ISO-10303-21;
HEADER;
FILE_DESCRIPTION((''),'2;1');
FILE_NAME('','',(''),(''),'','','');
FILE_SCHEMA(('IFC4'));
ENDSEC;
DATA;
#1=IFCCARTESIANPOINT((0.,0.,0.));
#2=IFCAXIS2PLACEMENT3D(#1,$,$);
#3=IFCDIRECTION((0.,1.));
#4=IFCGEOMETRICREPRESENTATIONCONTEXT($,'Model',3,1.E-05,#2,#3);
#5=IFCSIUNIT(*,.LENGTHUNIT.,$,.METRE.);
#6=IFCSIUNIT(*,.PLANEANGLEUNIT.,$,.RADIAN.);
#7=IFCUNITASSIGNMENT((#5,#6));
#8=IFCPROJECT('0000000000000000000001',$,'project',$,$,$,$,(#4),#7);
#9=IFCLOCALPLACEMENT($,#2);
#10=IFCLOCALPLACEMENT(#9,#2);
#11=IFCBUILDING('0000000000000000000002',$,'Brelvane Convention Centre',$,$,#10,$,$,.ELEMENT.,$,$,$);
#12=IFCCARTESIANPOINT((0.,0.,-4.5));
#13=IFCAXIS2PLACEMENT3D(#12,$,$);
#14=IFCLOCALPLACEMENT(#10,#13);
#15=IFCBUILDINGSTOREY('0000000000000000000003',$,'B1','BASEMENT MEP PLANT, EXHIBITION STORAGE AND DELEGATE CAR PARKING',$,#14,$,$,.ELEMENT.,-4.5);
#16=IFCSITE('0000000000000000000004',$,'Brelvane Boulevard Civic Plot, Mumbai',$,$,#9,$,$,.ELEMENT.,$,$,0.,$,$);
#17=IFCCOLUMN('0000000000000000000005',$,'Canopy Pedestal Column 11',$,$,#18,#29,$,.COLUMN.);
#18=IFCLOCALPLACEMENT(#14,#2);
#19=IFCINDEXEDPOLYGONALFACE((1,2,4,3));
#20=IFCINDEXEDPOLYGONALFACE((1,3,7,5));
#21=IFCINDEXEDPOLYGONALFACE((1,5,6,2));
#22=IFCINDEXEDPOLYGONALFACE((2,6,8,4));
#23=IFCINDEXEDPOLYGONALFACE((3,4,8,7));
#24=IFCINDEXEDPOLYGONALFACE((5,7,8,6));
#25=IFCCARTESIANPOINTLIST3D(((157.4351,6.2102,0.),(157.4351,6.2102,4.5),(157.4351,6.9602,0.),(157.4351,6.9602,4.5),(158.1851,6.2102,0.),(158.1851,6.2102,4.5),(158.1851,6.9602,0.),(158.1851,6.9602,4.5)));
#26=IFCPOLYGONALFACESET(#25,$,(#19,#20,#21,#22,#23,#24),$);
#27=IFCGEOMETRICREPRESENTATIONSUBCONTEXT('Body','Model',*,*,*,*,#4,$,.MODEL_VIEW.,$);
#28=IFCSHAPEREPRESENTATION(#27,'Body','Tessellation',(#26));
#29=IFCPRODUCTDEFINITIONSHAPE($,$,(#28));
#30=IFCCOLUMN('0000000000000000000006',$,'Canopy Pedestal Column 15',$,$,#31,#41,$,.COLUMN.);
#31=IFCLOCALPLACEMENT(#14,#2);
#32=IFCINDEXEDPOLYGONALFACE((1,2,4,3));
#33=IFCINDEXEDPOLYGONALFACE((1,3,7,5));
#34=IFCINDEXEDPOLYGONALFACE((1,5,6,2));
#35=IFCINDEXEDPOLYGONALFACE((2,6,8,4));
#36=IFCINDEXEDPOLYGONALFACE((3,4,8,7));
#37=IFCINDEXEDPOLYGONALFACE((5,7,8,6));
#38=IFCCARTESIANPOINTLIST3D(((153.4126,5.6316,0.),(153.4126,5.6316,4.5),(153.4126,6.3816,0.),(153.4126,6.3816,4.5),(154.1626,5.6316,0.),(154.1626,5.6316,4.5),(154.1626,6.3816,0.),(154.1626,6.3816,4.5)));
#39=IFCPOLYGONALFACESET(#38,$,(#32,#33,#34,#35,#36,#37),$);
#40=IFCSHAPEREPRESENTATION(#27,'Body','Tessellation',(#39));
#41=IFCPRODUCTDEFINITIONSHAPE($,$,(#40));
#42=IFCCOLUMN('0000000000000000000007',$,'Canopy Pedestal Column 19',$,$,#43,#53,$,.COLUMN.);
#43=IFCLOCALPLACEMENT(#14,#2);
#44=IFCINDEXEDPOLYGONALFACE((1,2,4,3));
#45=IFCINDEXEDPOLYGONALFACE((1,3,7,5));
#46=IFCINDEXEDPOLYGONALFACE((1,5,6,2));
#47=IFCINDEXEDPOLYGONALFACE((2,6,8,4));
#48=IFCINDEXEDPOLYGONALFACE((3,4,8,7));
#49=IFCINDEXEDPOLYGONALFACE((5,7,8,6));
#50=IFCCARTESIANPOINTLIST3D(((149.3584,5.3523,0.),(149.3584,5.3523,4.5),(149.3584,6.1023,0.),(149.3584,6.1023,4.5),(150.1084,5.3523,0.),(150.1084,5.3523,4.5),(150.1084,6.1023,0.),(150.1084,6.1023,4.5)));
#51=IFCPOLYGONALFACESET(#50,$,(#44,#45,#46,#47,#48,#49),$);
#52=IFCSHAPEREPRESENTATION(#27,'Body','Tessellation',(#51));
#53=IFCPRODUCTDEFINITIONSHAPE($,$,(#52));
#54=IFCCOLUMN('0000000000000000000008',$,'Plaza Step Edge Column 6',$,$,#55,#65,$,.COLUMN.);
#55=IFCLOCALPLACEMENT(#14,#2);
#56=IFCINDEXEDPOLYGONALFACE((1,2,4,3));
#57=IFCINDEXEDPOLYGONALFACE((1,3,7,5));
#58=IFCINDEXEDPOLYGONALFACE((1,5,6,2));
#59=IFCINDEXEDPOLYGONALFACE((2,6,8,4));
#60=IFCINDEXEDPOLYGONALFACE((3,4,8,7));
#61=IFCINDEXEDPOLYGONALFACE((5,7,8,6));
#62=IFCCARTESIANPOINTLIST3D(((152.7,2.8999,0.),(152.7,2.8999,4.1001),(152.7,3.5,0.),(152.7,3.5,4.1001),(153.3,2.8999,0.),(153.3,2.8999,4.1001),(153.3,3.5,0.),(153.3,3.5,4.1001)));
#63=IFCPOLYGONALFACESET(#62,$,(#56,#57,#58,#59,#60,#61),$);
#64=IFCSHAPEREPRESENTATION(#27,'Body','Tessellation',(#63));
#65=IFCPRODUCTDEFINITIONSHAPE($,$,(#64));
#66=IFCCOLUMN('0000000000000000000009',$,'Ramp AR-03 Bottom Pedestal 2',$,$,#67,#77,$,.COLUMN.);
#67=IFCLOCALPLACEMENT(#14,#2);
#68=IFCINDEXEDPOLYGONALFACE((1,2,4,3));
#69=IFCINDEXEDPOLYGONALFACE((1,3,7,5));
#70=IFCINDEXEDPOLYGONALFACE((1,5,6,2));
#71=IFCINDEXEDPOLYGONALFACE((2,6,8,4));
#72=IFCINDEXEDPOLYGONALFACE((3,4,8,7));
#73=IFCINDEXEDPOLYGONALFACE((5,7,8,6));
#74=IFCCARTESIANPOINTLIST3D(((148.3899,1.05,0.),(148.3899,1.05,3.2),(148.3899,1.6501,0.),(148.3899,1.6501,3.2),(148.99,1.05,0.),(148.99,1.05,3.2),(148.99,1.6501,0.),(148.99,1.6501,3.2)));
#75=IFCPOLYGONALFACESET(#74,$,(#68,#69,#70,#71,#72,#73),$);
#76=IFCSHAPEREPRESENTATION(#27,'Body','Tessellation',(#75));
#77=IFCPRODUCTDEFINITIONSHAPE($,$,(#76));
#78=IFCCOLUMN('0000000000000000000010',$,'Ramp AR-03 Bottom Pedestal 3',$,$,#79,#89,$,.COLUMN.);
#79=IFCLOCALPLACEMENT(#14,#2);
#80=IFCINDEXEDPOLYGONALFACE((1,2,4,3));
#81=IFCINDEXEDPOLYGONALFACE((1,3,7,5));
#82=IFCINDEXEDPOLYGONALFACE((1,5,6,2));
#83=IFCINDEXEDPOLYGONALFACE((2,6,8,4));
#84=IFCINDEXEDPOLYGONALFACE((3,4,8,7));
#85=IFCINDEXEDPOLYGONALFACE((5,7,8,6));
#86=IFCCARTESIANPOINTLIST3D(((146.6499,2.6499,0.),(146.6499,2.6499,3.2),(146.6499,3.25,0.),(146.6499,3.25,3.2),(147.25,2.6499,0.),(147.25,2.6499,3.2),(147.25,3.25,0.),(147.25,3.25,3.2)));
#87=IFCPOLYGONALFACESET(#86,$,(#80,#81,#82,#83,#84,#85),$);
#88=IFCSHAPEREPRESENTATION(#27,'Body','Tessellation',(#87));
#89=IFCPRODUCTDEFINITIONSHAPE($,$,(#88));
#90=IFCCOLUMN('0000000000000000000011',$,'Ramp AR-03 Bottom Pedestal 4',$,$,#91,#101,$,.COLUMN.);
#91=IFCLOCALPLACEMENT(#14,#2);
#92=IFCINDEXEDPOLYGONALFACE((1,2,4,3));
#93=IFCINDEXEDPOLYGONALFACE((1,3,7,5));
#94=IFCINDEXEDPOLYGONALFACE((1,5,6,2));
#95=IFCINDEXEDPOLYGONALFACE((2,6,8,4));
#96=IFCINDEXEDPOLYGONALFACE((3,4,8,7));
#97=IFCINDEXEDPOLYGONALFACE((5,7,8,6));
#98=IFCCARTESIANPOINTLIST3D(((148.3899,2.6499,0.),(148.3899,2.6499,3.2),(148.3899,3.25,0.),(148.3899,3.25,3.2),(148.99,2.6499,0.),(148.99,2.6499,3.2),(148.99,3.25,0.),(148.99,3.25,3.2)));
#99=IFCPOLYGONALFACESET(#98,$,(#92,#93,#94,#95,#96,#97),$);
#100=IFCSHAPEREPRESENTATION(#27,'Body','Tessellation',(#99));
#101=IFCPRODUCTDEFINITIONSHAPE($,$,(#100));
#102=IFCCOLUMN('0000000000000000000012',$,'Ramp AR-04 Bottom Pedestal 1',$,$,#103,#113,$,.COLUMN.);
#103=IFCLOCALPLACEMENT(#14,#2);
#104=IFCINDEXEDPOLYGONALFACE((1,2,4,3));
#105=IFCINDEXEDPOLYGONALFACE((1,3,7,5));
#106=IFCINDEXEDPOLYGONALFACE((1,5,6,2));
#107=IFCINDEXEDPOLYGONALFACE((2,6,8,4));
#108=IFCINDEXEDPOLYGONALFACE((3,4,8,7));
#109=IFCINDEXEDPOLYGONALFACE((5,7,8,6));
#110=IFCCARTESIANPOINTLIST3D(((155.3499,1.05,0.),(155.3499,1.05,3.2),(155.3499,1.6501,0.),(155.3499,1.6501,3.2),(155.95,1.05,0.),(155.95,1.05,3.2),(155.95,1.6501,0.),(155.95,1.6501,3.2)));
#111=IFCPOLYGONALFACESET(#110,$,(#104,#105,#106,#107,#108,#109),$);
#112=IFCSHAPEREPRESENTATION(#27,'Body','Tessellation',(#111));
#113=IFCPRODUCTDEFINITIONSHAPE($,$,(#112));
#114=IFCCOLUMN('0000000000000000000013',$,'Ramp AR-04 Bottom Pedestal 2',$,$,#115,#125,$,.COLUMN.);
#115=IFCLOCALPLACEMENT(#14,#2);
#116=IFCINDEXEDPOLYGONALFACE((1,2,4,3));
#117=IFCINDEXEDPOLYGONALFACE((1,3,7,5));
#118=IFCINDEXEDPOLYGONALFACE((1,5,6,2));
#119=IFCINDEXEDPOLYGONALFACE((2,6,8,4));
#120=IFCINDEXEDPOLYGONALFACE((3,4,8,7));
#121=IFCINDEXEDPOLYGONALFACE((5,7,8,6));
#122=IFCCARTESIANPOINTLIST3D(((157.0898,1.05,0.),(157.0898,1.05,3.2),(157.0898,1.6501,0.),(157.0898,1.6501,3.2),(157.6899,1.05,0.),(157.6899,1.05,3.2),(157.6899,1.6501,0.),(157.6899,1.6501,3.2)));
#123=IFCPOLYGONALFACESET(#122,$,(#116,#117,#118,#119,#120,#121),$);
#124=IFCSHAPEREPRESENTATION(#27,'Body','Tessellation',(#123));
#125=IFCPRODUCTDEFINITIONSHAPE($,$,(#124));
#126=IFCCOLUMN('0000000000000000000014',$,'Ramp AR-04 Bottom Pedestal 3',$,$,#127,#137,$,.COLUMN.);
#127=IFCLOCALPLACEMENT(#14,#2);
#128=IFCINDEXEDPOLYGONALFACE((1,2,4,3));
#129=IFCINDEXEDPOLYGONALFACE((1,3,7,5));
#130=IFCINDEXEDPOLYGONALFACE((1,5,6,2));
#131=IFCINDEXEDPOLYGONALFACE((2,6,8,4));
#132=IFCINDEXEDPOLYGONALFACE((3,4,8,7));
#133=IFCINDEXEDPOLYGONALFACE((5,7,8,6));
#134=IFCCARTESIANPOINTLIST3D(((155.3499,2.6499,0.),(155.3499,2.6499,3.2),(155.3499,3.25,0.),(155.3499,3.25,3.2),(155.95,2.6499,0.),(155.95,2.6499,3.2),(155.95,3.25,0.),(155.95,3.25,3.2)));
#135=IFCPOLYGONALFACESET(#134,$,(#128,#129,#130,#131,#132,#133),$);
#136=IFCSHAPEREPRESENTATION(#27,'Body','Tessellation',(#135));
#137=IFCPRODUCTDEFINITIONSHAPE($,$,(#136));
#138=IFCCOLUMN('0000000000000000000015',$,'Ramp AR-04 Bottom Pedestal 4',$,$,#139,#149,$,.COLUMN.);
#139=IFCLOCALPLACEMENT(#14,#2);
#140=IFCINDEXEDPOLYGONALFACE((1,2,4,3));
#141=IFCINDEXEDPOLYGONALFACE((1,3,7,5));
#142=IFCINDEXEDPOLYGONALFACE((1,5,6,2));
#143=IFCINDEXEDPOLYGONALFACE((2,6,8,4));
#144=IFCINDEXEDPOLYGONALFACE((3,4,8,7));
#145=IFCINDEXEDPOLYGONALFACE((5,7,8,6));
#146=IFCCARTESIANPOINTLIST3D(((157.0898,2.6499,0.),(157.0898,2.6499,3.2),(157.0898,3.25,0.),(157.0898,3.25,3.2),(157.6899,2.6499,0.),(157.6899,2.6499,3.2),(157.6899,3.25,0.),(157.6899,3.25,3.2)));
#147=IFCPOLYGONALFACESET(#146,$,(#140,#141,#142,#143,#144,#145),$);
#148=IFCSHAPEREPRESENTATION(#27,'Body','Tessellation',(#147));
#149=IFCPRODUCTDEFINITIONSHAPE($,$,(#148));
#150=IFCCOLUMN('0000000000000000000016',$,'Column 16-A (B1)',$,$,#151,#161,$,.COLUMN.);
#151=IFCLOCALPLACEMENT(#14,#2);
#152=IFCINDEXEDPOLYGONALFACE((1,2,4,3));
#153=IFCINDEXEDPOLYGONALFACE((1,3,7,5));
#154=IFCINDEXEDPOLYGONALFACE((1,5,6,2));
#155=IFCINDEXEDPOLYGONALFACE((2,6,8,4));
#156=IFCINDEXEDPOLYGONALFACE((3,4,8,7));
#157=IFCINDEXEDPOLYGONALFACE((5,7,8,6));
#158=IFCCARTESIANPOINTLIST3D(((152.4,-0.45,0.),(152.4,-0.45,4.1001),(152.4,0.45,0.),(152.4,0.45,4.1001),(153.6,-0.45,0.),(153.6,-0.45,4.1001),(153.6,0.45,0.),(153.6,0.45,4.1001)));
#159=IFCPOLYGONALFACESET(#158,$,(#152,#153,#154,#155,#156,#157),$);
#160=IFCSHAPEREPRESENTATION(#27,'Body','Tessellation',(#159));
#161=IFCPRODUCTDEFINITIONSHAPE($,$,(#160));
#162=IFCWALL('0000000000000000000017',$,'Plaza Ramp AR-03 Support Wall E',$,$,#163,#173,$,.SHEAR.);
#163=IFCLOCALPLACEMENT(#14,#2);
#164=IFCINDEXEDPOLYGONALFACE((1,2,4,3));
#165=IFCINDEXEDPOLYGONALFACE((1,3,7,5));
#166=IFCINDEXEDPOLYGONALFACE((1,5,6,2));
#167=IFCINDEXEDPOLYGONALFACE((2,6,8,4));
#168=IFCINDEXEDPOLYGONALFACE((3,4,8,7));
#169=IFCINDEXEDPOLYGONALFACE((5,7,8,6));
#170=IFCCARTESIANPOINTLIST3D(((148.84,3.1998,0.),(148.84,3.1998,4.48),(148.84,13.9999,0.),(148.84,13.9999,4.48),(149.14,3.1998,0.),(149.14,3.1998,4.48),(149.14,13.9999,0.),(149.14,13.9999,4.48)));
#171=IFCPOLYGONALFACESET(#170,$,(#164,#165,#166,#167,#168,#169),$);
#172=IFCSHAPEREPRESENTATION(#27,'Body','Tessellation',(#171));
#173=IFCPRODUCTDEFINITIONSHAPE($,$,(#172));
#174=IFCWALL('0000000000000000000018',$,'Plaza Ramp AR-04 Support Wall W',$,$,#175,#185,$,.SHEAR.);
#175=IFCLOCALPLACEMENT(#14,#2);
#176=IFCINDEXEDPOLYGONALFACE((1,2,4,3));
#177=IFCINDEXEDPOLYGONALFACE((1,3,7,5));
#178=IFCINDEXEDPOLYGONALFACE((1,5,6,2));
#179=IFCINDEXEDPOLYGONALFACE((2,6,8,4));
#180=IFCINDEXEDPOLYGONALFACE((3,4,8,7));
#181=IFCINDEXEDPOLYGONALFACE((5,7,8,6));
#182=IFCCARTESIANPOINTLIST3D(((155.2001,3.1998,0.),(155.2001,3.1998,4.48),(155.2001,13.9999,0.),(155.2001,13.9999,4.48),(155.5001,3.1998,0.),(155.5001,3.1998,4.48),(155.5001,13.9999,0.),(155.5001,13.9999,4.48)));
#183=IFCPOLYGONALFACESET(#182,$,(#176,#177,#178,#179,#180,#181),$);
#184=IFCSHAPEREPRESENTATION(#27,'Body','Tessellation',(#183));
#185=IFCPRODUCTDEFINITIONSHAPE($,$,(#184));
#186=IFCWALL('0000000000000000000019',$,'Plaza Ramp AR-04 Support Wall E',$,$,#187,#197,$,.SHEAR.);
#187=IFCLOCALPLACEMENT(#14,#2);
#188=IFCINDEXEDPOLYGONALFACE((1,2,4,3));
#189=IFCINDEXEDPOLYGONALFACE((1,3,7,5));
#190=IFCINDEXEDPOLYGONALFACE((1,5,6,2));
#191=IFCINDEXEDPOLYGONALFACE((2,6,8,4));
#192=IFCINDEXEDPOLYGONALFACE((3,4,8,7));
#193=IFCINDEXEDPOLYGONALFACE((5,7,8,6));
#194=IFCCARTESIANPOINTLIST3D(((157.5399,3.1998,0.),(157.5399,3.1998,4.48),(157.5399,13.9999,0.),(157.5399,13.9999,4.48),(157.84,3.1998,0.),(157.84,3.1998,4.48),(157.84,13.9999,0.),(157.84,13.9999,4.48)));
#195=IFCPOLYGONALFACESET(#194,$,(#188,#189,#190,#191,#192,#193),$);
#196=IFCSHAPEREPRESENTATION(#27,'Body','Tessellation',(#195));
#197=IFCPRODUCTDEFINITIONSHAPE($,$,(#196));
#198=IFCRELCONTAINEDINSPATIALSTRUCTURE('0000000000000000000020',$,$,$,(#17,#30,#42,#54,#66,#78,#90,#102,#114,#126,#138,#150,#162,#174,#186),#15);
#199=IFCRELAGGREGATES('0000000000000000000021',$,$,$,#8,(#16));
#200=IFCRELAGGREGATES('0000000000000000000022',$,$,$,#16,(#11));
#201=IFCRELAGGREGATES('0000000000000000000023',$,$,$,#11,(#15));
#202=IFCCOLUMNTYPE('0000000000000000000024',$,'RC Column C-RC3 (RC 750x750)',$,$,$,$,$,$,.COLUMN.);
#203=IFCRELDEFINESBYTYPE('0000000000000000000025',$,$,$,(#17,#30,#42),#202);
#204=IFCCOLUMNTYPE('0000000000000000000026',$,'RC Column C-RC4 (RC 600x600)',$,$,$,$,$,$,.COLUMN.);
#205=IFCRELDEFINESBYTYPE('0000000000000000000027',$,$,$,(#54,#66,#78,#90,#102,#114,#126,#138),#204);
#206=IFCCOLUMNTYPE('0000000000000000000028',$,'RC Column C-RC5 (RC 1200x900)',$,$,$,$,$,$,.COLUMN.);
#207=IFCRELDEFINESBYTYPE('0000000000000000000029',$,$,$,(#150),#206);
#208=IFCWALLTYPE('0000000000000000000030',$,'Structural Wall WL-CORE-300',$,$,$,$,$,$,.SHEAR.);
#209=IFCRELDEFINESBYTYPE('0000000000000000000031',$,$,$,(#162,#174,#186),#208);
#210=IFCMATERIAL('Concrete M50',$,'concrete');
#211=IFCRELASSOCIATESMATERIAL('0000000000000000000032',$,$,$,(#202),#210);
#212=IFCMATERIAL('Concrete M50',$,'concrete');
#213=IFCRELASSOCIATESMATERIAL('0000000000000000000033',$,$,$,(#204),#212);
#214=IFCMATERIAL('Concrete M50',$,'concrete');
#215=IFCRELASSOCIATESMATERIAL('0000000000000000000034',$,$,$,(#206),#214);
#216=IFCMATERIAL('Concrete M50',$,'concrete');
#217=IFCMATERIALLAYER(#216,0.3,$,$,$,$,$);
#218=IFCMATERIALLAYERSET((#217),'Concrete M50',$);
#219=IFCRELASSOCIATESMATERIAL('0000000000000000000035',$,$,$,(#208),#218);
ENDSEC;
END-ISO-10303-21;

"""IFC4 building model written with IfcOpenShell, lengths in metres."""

from ifc_helpers import new_model, si_unit, direction, frame, frame_2d, origin, origin_2d, place, context, subcontext, project, spatial, rectangle, extrude, material, layer, layer_set, material_profile, profile_set, type_object, element, save


model = new_model("IFC4")

# Units and contexts
model_context = context("Model", 3, precision=1e-05, world=origin(), true_north=direction((0.0, 1.0)))
body_context = subcontext(model_context, "Body", "Model", "MODEL_VIEW")
ifc_project = project(units=[si_unit("LENGTHUNIT", "METRE"), si_unit("PLANEANGLEUNIT", "RADIAN")], contexts=[model_context])

# Site, building, storey
site_placement = place(None, origin())
site = spatial("IfcSite", under=ifc_project, at=site_placement, Name="Brelvane Boulevard Civic Plot, Mumbai", CompositionType="ELEMENT", RefElevation=0.0)
building_placement = place(site_placement, origin())
building = spatial("IfcBuilding", under=site, at=building_placement, Name="Brelvane Convention Centre", CompositionType="ELEMENT")
storey_placement = place(building_placement, frame((0.0, 0.0, -4.5)))
storey = spatial("IfcBuildingStorey", under=building, at=storey_placement, Name="B1", Description="BASEMENT MEP PLANT, EXHIBITION STORAGE AND DELEGATE CAR PARKING", CompositionType="ELEMENT", Elevation=-4.5)

# Columns
ifc_material_1 = material(Name="Concrete M50", Category="concrete")
ifc_material_profile_1 = material_profile(ifc_material_1, rectangle(XDim=0.75, YDim=0.75, at=origin_2d()), Name="RC 750x750")
ifc_profile_set_1 = profile_set([ifc_material_profile_1], Name="Concrete M50")
column_type_1 = type_object("IfcColumnType", Name="RC Column C-RC3 (RC 750x750)", PredefinedType="COLUMN", material=ifc_profile_set_1)
for number, where, z_axis, x_axis, name in (
    (1, (157.8101, 6.5852, 0.0), (0.0, 0.0, 1.0), (1.0, 0.0, 0.0), "Canopy Pedestal Column 11"),
    (2, (153.7876, 6.0066, 0.0), (0.0, 0.0, 1.0), (1.0, 0.0, 0.0), "Canopy Pedestal Column 15"),
    (3, (149.7334, 5.7273, 0.0), (0.0, 0.0, 1.0), (1.0, 0.0, 0.0), "Canopy Pedestal Column 19"),
):
    element("IfcColumn", number, at=place(storey_placement, frame(where, z_axis=z_axis, x_axis=x_axis)), inside=storey, type_object=column_type_1, Name=name, PredefinedType="COLUMN", context=body_context, shape_type="SweptSolid", body=[
        extrude(rectangle(XDim=0.75, YDim=0.75, at=origin_2d()), origin(), (0.0, 0.0, 1.0), 4.5),
    ])
ifc_material_2 = material(Name="Concrete M50", Category="concrete")
ifc_material_profile_2 = material_profile(ifc_material_2, rectangle(XDim=0.6001, YDim=0.6001, at=origin_2d()), Name="RC 600x600")
ifc_profile_set_2 = profile_set([ifc_material_profile_2], Name="Concrete M50")
column_type_2 = type_object("IfcColumnType", Name="RC Column C-RC4 (RC 600x600)", PredefinedType="COLUMN", material=ifc_profile_set_2)
column_1_placement = place(storey_placement, frame((153.0, 3.2, 0.0), z_axis=(0.0, 0.0, 1.0), x_axis=(1.0, 0.0, 0.0)))
element("IfcColumn", 4, at=column_1_placement, inside=storey, type_object=column_type_2, Name="Plaza Step Edge Column 6", PredefinedType="COLUMN", context=body_context, shape_type="SweptSolid", body=[
    extrude(rectangle(XDim=0.6001, YDim=0.6001, at=origin_2d()), origin(), (0.0, 0.0, 1.0), 4.1001),
])
for number, where, z_axis, x_axis, name in (
    (5, (148.6899, 1.3501, 0.0), (0.0, 0.0, 1.0), (1.0, 0.0, 0.0), "Ramp AR-03 Bottom Pedestal 2"),
    (6, (146.95, 2.95, 0.0), (0.0, 0.0, 1.0), (1.0, 0.0, 0.0), "Ramp AR-03 Bottom Pedestal 3"),
    (7, (148.6899, 2.95, 0.0), (0.0, 0.0, 1.0), (1.0, 0.0, 0.0), "Ramp AR-03 Bottom Pedestal 4"),
    (8, (155.6499, 1.3501, 0.0), (0.0, 0.0, 1.0), (1.0, 0.0, 0.0), "Ramp AR-04 Bottom Pedestal 1"),
    (9, (157.3899, 1.3501, 0.0), (0.0, 0.0, 1.0), (1.0, 0.0, 0.0), "Ramp AR-04 Bottom Pedestal 2"),
    (10, (155.6499, 2.95, 0.0), (0.0, 0.0, 1.0), (1.0, 0.0, 0.0), "Ramp AR-04 Bottom Pedestal 3"),
    (11, (157.3899, 2.95, 0.0), (0.0, 0.0, 1.0), (1.0, 0.0, 0.0), "Ramp AR-04 Bottom Pedestal 4"),
):
    element("IfcColumn", number, at=place(storey_placement, frame(where, z_axis=z_axis, x_axis=x_axis)), inside=storey, type_object=column_type_2, Name=name, PredefinedType="COLUMN", context=body_context, shape_type="SweptSolid", body=[
        extrude(rectangle(XDim=0.6001, YDim=0.6001, at=origin_2d()), origin(), (0.0, 0.0, 1.0), 3.2),
    ])
ifc_material_3 = material(Name="Concrete M50", Category="concrete")
ifc_material_profile_3 = material_profile(ifc_material_3, rectangle(XDim=1.2, YDim=0.8999, at=origin_2d()), Name="RC 1200x900")
ifc_profile_set_3 = profile_set([ifc_material_profile_3], Name="Concrete M50")
column_type_3 = type_object("IfcColumnType", Name="RC Column C-RC5 (RC 1200x900)", PredefinedType="COLUMN", material=ifc_profile_set_3)
column_2_placement = place(storey_placement, frame((153.0, 0.0, 0.0), z_axis=(0.0, 0.0, 1.0), x_axis=(1.0, 0.0, 0.0)))
element("IfcColumn", 12, at=column_2_placement, inside=storey, type_object=column_type_3, Name="Column 16-A (B1)", PredefinedType="COLUMN", context=body_context, shape_type="SweptSolid", body=[
    extrude(rectangle(XDim=1.2, YDim=0.8999, at=origin_2d()), origin(), (0.0, 0.0, 1.0), 4.1001),
])

# Walls
ifc_material_4 = material(Name="Concrete M50", Category="concrete")
ifc_layer = layer(ifc_material_4, 0.3)
ifc_layer_set = layer_set([ifc_layer], Name="Concrete M50")
wall_type = type_object("IfcWallType", Name="Structural Wall WL-CORE-300", PredefinedType="SHEAR", material=ifc_layer_set)
for number, where, z_axis, x_axis, name in (
    (13, (148.99, 3.2, 0.0), (0.0, 0.0, 1.0), (0.0, 1.0, 0.0), "Plaza Ramp AR-03 Support Wall E"),
    (14, (155.3501, 3.2, 0.0), (0.0, 0.0, 1.0), (0.0, 1.0, 0.0), "Plaza Ramp AR-04 Support Wall W"),
    (15, (157.6899, 3.2, 0.0), (0.0, 0.0, 1.0), (0.0, 1.0, 0.0), "Plaza Ramp AR-04 Support Wall E"),
):
    element("IfcWall", number, at=place(storey_placement, frame(where, z_axis=z_axis, x_axis=x_axis)), inside=storey, type_object=wall_type, Name=name, PredefinedType="SHEAR", context=body_context, shape_type="SweptSolid", body=[
        extrude(rectangle(XDim=10.8, YDim=0.3, at=frame_2d((5.3999, 0.0))), origin(), (0.0, 0.0, 1.0), 4.48),
    ])

save(model, "model.ifc")
